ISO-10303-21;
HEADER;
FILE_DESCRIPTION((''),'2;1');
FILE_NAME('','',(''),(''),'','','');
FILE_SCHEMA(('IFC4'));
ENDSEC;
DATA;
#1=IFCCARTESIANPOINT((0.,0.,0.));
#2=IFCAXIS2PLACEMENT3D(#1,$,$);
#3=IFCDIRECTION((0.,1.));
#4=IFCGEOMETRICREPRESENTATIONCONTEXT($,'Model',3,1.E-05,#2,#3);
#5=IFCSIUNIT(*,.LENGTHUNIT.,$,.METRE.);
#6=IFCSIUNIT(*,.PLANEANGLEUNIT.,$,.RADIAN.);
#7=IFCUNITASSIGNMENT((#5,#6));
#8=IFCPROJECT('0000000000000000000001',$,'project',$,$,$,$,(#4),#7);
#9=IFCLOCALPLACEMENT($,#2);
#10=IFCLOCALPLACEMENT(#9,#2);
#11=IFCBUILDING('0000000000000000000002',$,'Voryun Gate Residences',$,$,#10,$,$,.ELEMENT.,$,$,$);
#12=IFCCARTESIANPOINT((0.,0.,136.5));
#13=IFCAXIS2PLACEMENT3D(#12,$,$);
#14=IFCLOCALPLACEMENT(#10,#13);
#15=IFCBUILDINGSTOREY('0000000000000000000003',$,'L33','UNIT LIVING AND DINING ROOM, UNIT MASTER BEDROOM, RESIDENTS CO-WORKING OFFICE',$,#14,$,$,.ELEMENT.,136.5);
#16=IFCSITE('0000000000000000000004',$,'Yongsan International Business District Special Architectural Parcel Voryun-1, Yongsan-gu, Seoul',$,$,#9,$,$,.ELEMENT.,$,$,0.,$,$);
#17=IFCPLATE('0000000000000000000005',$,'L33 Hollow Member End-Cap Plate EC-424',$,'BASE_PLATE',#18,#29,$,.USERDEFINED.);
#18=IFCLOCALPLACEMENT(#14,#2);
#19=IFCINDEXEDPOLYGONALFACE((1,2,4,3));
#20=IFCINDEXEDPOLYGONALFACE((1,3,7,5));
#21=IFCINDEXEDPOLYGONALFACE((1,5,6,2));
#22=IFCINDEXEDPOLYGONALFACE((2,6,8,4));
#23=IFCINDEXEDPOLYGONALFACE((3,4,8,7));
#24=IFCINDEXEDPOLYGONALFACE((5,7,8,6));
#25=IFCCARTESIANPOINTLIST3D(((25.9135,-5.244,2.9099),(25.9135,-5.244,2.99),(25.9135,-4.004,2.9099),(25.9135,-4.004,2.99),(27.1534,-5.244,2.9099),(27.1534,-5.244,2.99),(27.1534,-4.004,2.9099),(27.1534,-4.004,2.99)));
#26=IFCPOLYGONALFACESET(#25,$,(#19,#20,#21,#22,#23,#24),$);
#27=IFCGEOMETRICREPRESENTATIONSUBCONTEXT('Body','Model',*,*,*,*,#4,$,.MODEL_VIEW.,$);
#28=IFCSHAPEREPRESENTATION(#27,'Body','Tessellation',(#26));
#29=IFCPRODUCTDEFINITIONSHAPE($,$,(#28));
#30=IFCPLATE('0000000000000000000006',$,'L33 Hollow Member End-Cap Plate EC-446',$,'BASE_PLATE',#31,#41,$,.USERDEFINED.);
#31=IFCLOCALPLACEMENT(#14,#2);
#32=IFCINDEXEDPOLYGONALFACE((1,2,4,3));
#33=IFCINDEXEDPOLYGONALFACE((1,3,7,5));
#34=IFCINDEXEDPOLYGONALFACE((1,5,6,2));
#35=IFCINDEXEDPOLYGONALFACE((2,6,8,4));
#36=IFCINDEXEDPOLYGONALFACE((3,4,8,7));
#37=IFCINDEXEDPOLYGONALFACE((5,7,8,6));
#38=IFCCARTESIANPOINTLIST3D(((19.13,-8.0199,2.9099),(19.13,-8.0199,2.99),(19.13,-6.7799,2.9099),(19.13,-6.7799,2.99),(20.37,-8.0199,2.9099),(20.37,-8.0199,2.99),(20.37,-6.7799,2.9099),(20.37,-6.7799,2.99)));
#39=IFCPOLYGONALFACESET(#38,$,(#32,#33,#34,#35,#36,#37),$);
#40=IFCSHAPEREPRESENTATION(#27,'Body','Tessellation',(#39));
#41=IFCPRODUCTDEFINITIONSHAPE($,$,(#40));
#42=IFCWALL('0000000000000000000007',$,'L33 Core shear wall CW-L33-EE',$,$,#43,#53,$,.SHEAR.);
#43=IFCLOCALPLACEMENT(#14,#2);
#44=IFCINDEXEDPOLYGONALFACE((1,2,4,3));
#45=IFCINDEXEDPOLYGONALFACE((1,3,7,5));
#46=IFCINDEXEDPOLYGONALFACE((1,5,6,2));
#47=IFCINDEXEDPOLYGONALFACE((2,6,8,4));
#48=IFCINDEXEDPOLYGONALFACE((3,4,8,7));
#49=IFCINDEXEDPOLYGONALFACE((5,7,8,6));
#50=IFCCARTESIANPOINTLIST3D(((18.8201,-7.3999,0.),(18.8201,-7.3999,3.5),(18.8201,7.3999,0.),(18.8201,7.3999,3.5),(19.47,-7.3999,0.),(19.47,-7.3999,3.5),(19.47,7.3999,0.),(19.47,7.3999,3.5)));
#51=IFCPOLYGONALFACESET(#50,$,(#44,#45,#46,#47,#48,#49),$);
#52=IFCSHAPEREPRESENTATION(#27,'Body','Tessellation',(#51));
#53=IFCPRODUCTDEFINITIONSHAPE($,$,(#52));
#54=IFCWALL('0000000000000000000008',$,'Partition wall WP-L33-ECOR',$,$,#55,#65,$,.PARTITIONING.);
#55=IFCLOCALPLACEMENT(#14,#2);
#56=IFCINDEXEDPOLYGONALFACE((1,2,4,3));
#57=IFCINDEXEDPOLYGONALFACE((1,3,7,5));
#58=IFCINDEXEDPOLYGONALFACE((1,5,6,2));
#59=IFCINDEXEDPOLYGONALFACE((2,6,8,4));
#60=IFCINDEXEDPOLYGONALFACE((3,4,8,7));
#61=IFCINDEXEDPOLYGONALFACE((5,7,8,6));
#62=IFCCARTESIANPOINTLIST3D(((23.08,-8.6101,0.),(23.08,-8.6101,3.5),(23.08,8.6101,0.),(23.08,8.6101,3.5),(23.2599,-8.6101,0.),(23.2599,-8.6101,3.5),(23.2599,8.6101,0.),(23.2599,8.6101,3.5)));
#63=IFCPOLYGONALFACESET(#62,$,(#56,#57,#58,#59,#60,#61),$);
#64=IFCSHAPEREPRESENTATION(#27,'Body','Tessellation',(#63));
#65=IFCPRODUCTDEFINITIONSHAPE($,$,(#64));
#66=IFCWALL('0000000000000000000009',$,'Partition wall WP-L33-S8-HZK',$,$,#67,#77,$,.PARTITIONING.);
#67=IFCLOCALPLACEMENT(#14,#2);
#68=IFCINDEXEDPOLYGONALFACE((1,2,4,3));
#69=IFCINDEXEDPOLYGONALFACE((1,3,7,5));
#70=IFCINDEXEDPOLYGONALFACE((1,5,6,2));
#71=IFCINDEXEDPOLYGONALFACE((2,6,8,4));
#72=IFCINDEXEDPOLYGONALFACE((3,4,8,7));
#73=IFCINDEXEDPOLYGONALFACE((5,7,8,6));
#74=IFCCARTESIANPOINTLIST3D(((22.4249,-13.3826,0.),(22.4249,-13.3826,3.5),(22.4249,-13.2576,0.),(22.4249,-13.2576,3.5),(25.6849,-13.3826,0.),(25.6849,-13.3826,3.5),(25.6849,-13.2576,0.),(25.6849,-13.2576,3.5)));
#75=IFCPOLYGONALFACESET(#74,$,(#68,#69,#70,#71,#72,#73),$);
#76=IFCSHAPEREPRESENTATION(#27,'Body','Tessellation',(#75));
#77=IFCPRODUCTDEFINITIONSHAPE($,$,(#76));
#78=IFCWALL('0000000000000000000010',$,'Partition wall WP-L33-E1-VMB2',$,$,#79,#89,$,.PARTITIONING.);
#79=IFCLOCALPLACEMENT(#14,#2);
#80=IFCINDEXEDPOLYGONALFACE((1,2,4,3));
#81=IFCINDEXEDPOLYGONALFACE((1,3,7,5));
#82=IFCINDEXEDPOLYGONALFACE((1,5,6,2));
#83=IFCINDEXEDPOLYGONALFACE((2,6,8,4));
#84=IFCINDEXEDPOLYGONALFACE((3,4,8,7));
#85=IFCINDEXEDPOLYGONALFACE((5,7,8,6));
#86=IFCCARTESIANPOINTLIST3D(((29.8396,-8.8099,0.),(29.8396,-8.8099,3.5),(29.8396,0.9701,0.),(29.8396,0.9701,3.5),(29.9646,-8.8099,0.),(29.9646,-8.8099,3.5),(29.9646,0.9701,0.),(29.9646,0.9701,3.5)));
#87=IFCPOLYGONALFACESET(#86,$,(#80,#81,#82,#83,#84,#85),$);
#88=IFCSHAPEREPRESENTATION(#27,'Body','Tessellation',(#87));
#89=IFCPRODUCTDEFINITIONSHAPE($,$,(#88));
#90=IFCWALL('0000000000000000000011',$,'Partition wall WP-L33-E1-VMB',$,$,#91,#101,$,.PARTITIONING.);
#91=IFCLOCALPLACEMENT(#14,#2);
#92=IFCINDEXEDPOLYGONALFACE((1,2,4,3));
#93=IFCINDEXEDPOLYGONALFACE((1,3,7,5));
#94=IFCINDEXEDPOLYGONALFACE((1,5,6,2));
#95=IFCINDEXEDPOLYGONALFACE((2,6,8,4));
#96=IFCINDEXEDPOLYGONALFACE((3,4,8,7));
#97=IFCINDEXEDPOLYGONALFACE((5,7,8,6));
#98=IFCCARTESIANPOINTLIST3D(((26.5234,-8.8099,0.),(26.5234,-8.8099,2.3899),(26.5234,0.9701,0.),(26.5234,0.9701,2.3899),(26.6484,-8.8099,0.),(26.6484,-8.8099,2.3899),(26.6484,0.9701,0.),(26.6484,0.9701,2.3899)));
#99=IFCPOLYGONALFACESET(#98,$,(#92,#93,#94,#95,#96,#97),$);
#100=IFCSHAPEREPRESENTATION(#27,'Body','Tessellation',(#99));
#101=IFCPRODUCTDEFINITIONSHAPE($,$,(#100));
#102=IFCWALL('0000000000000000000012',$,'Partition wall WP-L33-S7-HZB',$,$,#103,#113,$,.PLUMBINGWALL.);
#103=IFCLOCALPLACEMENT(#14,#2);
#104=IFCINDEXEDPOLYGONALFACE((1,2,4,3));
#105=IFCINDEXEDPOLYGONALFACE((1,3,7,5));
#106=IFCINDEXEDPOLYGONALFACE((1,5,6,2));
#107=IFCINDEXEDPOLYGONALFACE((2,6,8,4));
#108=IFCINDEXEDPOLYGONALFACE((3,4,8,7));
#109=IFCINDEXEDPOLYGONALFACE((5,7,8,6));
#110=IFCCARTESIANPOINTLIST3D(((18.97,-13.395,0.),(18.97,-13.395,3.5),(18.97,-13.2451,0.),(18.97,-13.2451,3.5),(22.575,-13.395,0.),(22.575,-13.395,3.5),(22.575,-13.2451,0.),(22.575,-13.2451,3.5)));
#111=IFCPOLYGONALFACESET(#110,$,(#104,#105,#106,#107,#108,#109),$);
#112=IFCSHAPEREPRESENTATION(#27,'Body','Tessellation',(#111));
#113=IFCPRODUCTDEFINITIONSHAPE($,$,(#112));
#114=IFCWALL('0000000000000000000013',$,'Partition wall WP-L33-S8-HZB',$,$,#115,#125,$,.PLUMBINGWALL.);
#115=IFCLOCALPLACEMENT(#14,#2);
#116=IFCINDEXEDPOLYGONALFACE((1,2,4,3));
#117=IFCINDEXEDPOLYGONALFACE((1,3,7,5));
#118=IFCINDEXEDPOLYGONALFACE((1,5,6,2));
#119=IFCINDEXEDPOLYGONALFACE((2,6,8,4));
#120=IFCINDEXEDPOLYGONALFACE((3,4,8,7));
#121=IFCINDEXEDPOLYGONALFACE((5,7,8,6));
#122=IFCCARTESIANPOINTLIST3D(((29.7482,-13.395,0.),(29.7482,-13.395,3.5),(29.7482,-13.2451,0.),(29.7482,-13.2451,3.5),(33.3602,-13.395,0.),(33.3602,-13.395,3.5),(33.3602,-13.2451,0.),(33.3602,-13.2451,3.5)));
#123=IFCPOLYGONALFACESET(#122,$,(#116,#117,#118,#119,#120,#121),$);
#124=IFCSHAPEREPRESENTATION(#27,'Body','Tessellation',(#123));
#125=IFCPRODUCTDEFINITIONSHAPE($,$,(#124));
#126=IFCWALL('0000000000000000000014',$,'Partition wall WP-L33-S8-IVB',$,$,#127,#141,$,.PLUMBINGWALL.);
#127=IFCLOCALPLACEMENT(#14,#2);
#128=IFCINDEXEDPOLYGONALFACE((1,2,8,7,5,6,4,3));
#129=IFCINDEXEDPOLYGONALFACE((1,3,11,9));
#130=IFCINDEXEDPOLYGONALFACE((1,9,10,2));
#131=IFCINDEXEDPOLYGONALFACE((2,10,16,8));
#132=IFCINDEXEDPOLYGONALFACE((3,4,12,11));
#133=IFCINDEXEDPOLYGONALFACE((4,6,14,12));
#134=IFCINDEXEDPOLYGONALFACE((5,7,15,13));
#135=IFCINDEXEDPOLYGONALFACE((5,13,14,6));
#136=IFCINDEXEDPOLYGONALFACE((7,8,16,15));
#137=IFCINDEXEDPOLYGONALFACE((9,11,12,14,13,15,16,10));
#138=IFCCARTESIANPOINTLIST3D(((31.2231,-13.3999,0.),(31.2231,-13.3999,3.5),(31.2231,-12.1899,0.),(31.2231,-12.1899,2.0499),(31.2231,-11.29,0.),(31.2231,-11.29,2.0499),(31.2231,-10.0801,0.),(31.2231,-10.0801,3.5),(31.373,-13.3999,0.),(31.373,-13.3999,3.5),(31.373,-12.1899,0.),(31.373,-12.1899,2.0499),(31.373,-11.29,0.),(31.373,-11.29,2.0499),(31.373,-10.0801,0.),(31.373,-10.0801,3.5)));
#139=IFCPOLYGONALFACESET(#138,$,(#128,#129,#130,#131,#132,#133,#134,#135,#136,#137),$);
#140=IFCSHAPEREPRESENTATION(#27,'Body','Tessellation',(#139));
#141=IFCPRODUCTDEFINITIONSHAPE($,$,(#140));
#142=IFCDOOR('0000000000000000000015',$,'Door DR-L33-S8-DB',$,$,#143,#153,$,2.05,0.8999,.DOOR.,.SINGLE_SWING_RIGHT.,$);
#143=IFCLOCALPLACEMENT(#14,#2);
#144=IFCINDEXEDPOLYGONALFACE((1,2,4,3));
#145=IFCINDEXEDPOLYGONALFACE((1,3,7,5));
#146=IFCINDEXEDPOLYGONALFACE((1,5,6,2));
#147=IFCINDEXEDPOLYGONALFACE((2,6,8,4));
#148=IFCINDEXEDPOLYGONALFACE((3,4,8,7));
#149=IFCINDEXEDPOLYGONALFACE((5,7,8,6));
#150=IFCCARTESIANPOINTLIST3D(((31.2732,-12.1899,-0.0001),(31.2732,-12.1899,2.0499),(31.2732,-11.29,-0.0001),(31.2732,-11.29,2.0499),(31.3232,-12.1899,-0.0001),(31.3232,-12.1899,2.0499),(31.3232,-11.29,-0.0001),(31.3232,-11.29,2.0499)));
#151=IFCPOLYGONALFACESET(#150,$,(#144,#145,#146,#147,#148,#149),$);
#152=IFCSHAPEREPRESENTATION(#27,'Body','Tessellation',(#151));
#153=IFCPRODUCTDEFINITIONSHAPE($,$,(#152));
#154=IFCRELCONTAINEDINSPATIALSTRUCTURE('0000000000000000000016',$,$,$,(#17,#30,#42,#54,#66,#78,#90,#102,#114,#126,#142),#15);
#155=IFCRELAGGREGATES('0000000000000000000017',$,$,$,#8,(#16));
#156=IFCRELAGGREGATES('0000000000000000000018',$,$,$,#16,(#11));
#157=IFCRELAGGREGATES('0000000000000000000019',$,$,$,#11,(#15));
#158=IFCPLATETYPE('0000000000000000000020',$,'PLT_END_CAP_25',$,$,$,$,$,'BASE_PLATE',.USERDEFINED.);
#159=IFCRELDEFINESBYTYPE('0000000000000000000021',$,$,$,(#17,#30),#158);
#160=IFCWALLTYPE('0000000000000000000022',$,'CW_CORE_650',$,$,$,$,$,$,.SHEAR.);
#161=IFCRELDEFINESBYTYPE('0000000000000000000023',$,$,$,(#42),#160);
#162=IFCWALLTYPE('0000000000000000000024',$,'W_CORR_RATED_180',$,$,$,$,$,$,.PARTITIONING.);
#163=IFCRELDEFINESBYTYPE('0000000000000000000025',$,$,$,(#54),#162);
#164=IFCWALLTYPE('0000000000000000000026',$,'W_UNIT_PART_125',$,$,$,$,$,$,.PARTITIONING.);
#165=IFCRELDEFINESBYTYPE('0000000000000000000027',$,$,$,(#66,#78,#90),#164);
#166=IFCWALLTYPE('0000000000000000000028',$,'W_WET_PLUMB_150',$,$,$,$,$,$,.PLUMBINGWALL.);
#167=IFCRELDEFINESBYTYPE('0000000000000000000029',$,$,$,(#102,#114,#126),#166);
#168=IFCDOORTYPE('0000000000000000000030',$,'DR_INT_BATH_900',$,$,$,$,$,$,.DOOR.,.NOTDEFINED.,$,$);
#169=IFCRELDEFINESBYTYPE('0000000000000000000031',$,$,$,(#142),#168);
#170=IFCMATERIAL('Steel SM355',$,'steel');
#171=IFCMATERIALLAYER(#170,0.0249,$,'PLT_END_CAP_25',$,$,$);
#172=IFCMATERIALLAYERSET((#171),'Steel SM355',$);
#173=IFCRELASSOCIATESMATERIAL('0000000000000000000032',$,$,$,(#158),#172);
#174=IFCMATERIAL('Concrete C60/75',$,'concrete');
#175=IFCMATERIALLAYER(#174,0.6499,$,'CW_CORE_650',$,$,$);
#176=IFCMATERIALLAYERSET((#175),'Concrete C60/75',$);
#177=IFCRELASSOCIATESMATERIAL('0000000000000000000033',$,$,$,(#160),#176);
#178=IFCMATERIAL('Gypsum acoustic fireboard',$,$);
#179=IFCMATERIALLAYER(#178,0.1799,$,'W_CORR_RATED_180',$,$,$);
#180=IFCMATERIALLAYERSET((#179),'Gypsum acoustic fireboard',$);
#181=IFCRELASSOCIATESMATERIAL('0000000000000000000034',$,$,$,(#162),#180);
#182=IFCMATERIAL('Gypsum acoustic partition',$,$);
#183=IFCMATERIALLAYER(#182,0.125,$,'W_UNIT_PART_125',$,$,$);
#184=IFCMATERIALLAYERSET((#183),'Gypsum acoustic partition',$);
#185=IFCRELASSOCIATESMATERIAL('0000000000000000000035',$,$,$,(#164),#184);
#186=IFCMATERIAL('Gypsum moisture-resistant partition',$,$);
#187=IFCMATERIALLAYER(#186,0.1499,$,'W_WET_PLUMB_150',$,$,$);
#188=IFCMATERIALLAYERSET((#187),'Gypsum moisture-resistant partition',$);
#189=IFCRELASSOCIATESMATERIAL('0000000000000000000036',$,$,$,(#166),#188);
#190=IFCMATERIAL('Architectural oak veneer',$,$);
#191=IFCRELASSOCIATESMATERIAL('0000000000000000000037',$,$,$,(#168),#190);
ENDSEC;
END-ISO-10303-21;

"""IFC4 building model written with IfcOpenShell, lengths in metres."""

from ifc_helpers import new_model, si_unit, direction, frame, frame_2d, origin, origin_2d, place, context, subcontext, project, spatial, rectangle, extrude, material, layer, layer_set, type_object, element, fill, save


model = new_model("IFC4")

# Units and contexts
model_context = context("Model", 3, precision=1e-05, world=origin(), true_north=direction((0.0, 1.0)))
body_context = subcontext(model_context, "Body", "Model", "MODEL_VIEW")
ifc_project = project(units=[si_unit("LENGTHUNIT", "METRE"), si_unit("PLANEANGLEUNIT", "RADIAN")], contexts=[model_context])

# Site, building, storey
site_placement = place(None, origin())
site = spatial("IfcSite", under=ifc_project, at=site_placement, Name="Yongsan International Business District Special Architectural Parcel Voryun-1, Yongsan-gu, Seoul", CompositionType="ELEMENT", RefElevation=0.0)
building_placement = place(site_placement, origin())
building = spatial("IfcBuilding", under=site, at=building_placement, Name="Voryun Gate Residences", CompositionType="ELEMENT")
storey_placement = place(building_placement, frame((0.0, 0.0, 136.5)))
storey = spatial("IfcBuildingStorey", under=building, at=storey_placement, Name="L33", Description="UNIT LIVING AND DINING ROOM, UNIT MASTER BEDROOM, RESIDENTS CO-WORKING OFFICE", CompositionType="ELEMENT", Elevation=136.5)

# Plates
ifc_material_1 = material(Name="Steel SM355", Category="steel")
ifc_layer_1 = layer(ifc_material_1, 0.0249, Name="PLT_END_CAP_25")
ifc_layer_set_1 = layer_set([ifc_layer_1], Name="Steel SM355")
plate_type = type_object("IfcPlateType", Name="PLT_END_CAP_25", ElementType="BASE_PLATE", PredefinedType="USERDEFINED", material=ifc_layer_set_1)
for number, where, z_axis, x_axis, name in (
    (1, (26.5334, -4.624, 2.9099), (0.0, 0.0, 1.0), (1.0, 0.0, 0.0), "L33 Hollow Member End-Cap Plate EC-424"),
    (2, (19.75, -7.3999, 2.9099), (0.0, 0.0, 1.0), (1.0, 0.0, 0.0), "L33 Hollow Member End-Cap Plate EC-446"),
):
    element("IfcPlate", number, at=place(storey_placement, frame(where, z_axis=z_axis, x_axis=x_axis)), inside=storey, type_object=plate_type, Name=name, ObjectType="BASE_PLATE", PredefinedType="USERDEFINED", context=body_context, shape_type="SweptSolid", body=[
        extrude(rectangle(XDim=1.24, YDim=1.24, at=origin_2d()), origin(), (0.0, 0.0, 1.0), 0.0801),
    ])

# Walls
ifc_material_2 = material(Name="Concrete C60/75", Category="concrete")
ifc_layer_2 = layer(ifc_material_2, 0.6499, Name="CW_CORE_650")
ifc_layer_set_2 = layer_set([ifc_layer_2], Name="Concrete C60/75")
wall_type_1 = type_object("IfcWallType", Name="CW_CORE_650", PredefinedType="SHEAR", material=ifc_layer_set_2)
wall_1_placement = place(storey_placement, frame((19.145, -7.3999, 0.0), z_axis=(0.0, 0.0, 1.0), x_axis=(0.0, 1.0, 0.0)))
element("IfcWall", 3, at=wall_1_placement, inside=storey, type_object=wall_type_1, Name="L33 Core shear wall CW-L33-EE", PredefinedType="SHEAR", context=body_context, shape_type="SweptSolid", body=[
    extrude(rectangle(XDim=14.7998, YDim=0.6499, at=frame_2d((7.3999, 0.0))), origin(), (0.0, 0.0, 1.0), 3.5),
])
ifc_material_3 = material(Name="Gypsum acoustic fireboard")
ifc_layer_3 = layer(ifc_material_3, 0.1799, Name="W_CORR_RATED_180")
ifc_layer_set_3 = layer_set([ifc_layer_3], Name="Gypsum acoustic fireboard")
wall_type_2 = type_object("IfcWallType", Name="W_CORR_RATED_180", PredefinedType="PARTITIONING", material=ifc_layer_set_3)
wall_2_placement = place(storey_placement, frame((23.1699, -8.6101, 0.0), z_axis=(0.0, 0.0, 1.0), x_axis=(0.0, 1.0, 0.0)))
element("IfcWall", 4, at=wall_2_placement, inside=storey, type_object=wall_type_2, Name="Partition wall WP-L33-ECOR", PredefinedType="PARTITIONING", context=body_context, shape_type="SweptSolid", body=[
    extrude(rectangle(XDim=17.2202, YDim=0.1799, at=frame_2d((8.6101, 0.0))), origin(), (0.0, 0.0, 1.0), 3.5),
])
ifc_material_4 = material(Name="Gypsum acoustic partition")
ifc_layer_4 = layer(ifc_material_4, 0.125, Name="W_UNIT_PART_125")
ifc_layer_set_4 = layer_set([ifc_layer_4], Name="Gypsum acoustic partition")
wall_type_3 = type_object("IfcWallType", Name="W_UNIT_PART_125", PredefinedType="PARTITIONING", material=ifc_layer_set_4)
wall_3_placement = place(storey_placement, frame((22.425, -13.3201, 0.0), z_axis=(0.0, 0.0, 1.0), x_axis=(1.0, 0.0, 0.0)))
element("IfcWall", 5, at=wall_3_placement, inside=storey, type_object=wall_type_3, Name="Partition wall WP-L33-S8-HZK", PredefinedType="PARTITIONING", context=body_context, shape_type="SweptSolid", body=[
    extrude(rectangle(XDim=3.26, YDim=0.125, at=frame_2d((1.6299, 0.0))), origin(), (0.0, 0.0, 1.0), 3.5),
])
wall_4_placement = place(storey_placement, frame((29.9021, -8.8101, 0.0), z_axis=(0.0, 0.0, 1.0), x_axis=(0.0, 1.0, 0.0)))
element("IfcWall", 6, at=wall_4_placement, inside=storey, type_object=wall_type_3, Name="Partition wall WP-L33-E1-VMB2", PredefinedType="PARTITIONING", context=body_context, shape_type="SweptSolid", body=[
    extrude(rectangle(XDim=9.78, YDim=0.125, at=frame_2d((4.8901, 0.0))), origin(), (0.0, 0.0, 1.0), 3.5),
])
wall_5_placement = place(storey_placement, frame((26.5859, -8.8101, 0.0), z_axis=(0.0, 0.0, 1.0), x_axis=(0.0, 1.0, 0.0)))
element("IfcWall", 7, at=wall_5_placement, inside=storey, type_object=wall_type_3, Name="Partition wall WP-L33-E1-VMB", PredefinedType="PARTITIONING", context=body_context, shape_type="SweptSolid", body=[
    extrude(rectangle(XDim=9.78, YDim=0.125, at=frame_2d((4.8901, 0.0))), origin(), (0.0, 0.0, 1.0), 2.3899),
])
ifc_material_5 = material(Name="Gypsum moisture-resistant partition")
ifc_layer_5 = layer(ifc_material_5, 0.1499, Name="W_WET_PLUMB_150")
ifc_layer_set_5 = layer_set([ifc_layer_5], Name="Gypsum moisture-resistant partition")
wall_type_4 = type_object("IfcWallType", Name="W_WET_PLUMB_150", PredefinedType="PLUMBINGWALL", material=ifc_layer_set_5)
wall_6_placement = place(storey_placement, frame((18.97, -13.3201, 0.0), z_axis=(0.0, 0.0, 1.0), x_axis=(1.0, 0.0, 0.0)))
element("IfcWall", 8, at=wall_6_placement, inside=storey, type_object=wall_type_4, Name="Partition wall WP-L33-S7-HZB", PredefinedType="PLUMBINGWALL", context=body_context, shape_type="SweptSolid", body=[
    extrude(rectangle(XDim=3.605, YDim=0.1499, at=frame_2d((1.8025, 0.0))), origin(), (0.0, 0.0, 1.0), 3.5),
])
wall_7_placement = place(storey_placement, frame((29.748, -13.3201, 0.0), z_axis=(0.0, 0.0, 1.0), x_axis=(1.0, 0.0, 0.0)))
element("IfcWall", 9, at=wall_7_placement, inside=storey, type_object=wall_type_4, Name="Partition wall WP-L33-S8-HZB", PredefinedType="PLUMBINGWALL", context=body_context, shape_type="SweptSolid", body=[
    extrude(rectangle(XDim=3.6121, YDim=0.1499, at=frame_2d((1.8062, 0.0))), origin(), (0.0, 0.0, 1.0), 3.5),
])

# Wall, opening, door
wall_8_placement = place(storey_placement, frame((31.2981, -13.3999, 0.0), z_axis=(0.0, 0.0, 1.0), x_axis=(0.0, 1.0, 0.0)))
wall_8 = element("IfcWall", 10, at=wall_8_placement, inside=storey, type_object=wall_type_4, Name="Partition wall WP-L33-S8-IVB", PredefinedType="PLUMBINGWALL", context=body_context, shape_type="SweptSolid", body=[
    extrude(rectangle(XDim=3.3198, YDim=0.1499, at=frame_2d((1.6599, 0.0))), origin(), (0.0, 0.0, 1.0), 3.5),
])
opening_placement = place(wall_8_placement, frame((1.21, 0.0, 0.0)))
opening = element("IfcOpeningElement", 11, at=opening_placement, cuts=wall_8, PredefinedType="OPENING", context=body_context, shape_type="SweptSolid", body=[
    extrude(rectangle(XDim=0.8999, YDim=2.05, at=frame_2d((0.45, 1.0249))), frame((0.0, 0.085, 0.0), z_axis=(0.0, -1.0, 0.0), x_axis=(1.0, 0.0, 0.0)), (0.0, 0.0, 1.0), 0.1699),
])
ifc_material_6 = material(Name="Architectural oak veneer")
door_type = type_object("IfcDoorType", Name="DR_INT_BATH_900", OperationType="NOTDEFINED", PredefinedType="DOOR", material=ifc_material_6)
door_placement = place(opening_placement, origin())
door = element("IfcDoor", 12, at=door_placement, inside=storey, type_object=door_type, Name="Door DR-L33-S8-DB", OperationType="SINGLE_SWING_RIGHT", OverallHeight=2.05, OverallWidth=0.8999, PredefinedType="DOOR", context=body_context, shape_type="SweptSolid", body=[
    extrude(rectangle(XDim=0.8999, YDim=2.05, at=frame_2d((0.45, 1.0249))), frame((0.0, 0.0249, 0.0), z_axis=(0.0, -1.0, 0.0), x_axis=(1.0, 0.0, 0.0)), (0.0, 0.0, 1.0), 0.05),
])
fill(opening, door)

save(model, "model.ifc")
